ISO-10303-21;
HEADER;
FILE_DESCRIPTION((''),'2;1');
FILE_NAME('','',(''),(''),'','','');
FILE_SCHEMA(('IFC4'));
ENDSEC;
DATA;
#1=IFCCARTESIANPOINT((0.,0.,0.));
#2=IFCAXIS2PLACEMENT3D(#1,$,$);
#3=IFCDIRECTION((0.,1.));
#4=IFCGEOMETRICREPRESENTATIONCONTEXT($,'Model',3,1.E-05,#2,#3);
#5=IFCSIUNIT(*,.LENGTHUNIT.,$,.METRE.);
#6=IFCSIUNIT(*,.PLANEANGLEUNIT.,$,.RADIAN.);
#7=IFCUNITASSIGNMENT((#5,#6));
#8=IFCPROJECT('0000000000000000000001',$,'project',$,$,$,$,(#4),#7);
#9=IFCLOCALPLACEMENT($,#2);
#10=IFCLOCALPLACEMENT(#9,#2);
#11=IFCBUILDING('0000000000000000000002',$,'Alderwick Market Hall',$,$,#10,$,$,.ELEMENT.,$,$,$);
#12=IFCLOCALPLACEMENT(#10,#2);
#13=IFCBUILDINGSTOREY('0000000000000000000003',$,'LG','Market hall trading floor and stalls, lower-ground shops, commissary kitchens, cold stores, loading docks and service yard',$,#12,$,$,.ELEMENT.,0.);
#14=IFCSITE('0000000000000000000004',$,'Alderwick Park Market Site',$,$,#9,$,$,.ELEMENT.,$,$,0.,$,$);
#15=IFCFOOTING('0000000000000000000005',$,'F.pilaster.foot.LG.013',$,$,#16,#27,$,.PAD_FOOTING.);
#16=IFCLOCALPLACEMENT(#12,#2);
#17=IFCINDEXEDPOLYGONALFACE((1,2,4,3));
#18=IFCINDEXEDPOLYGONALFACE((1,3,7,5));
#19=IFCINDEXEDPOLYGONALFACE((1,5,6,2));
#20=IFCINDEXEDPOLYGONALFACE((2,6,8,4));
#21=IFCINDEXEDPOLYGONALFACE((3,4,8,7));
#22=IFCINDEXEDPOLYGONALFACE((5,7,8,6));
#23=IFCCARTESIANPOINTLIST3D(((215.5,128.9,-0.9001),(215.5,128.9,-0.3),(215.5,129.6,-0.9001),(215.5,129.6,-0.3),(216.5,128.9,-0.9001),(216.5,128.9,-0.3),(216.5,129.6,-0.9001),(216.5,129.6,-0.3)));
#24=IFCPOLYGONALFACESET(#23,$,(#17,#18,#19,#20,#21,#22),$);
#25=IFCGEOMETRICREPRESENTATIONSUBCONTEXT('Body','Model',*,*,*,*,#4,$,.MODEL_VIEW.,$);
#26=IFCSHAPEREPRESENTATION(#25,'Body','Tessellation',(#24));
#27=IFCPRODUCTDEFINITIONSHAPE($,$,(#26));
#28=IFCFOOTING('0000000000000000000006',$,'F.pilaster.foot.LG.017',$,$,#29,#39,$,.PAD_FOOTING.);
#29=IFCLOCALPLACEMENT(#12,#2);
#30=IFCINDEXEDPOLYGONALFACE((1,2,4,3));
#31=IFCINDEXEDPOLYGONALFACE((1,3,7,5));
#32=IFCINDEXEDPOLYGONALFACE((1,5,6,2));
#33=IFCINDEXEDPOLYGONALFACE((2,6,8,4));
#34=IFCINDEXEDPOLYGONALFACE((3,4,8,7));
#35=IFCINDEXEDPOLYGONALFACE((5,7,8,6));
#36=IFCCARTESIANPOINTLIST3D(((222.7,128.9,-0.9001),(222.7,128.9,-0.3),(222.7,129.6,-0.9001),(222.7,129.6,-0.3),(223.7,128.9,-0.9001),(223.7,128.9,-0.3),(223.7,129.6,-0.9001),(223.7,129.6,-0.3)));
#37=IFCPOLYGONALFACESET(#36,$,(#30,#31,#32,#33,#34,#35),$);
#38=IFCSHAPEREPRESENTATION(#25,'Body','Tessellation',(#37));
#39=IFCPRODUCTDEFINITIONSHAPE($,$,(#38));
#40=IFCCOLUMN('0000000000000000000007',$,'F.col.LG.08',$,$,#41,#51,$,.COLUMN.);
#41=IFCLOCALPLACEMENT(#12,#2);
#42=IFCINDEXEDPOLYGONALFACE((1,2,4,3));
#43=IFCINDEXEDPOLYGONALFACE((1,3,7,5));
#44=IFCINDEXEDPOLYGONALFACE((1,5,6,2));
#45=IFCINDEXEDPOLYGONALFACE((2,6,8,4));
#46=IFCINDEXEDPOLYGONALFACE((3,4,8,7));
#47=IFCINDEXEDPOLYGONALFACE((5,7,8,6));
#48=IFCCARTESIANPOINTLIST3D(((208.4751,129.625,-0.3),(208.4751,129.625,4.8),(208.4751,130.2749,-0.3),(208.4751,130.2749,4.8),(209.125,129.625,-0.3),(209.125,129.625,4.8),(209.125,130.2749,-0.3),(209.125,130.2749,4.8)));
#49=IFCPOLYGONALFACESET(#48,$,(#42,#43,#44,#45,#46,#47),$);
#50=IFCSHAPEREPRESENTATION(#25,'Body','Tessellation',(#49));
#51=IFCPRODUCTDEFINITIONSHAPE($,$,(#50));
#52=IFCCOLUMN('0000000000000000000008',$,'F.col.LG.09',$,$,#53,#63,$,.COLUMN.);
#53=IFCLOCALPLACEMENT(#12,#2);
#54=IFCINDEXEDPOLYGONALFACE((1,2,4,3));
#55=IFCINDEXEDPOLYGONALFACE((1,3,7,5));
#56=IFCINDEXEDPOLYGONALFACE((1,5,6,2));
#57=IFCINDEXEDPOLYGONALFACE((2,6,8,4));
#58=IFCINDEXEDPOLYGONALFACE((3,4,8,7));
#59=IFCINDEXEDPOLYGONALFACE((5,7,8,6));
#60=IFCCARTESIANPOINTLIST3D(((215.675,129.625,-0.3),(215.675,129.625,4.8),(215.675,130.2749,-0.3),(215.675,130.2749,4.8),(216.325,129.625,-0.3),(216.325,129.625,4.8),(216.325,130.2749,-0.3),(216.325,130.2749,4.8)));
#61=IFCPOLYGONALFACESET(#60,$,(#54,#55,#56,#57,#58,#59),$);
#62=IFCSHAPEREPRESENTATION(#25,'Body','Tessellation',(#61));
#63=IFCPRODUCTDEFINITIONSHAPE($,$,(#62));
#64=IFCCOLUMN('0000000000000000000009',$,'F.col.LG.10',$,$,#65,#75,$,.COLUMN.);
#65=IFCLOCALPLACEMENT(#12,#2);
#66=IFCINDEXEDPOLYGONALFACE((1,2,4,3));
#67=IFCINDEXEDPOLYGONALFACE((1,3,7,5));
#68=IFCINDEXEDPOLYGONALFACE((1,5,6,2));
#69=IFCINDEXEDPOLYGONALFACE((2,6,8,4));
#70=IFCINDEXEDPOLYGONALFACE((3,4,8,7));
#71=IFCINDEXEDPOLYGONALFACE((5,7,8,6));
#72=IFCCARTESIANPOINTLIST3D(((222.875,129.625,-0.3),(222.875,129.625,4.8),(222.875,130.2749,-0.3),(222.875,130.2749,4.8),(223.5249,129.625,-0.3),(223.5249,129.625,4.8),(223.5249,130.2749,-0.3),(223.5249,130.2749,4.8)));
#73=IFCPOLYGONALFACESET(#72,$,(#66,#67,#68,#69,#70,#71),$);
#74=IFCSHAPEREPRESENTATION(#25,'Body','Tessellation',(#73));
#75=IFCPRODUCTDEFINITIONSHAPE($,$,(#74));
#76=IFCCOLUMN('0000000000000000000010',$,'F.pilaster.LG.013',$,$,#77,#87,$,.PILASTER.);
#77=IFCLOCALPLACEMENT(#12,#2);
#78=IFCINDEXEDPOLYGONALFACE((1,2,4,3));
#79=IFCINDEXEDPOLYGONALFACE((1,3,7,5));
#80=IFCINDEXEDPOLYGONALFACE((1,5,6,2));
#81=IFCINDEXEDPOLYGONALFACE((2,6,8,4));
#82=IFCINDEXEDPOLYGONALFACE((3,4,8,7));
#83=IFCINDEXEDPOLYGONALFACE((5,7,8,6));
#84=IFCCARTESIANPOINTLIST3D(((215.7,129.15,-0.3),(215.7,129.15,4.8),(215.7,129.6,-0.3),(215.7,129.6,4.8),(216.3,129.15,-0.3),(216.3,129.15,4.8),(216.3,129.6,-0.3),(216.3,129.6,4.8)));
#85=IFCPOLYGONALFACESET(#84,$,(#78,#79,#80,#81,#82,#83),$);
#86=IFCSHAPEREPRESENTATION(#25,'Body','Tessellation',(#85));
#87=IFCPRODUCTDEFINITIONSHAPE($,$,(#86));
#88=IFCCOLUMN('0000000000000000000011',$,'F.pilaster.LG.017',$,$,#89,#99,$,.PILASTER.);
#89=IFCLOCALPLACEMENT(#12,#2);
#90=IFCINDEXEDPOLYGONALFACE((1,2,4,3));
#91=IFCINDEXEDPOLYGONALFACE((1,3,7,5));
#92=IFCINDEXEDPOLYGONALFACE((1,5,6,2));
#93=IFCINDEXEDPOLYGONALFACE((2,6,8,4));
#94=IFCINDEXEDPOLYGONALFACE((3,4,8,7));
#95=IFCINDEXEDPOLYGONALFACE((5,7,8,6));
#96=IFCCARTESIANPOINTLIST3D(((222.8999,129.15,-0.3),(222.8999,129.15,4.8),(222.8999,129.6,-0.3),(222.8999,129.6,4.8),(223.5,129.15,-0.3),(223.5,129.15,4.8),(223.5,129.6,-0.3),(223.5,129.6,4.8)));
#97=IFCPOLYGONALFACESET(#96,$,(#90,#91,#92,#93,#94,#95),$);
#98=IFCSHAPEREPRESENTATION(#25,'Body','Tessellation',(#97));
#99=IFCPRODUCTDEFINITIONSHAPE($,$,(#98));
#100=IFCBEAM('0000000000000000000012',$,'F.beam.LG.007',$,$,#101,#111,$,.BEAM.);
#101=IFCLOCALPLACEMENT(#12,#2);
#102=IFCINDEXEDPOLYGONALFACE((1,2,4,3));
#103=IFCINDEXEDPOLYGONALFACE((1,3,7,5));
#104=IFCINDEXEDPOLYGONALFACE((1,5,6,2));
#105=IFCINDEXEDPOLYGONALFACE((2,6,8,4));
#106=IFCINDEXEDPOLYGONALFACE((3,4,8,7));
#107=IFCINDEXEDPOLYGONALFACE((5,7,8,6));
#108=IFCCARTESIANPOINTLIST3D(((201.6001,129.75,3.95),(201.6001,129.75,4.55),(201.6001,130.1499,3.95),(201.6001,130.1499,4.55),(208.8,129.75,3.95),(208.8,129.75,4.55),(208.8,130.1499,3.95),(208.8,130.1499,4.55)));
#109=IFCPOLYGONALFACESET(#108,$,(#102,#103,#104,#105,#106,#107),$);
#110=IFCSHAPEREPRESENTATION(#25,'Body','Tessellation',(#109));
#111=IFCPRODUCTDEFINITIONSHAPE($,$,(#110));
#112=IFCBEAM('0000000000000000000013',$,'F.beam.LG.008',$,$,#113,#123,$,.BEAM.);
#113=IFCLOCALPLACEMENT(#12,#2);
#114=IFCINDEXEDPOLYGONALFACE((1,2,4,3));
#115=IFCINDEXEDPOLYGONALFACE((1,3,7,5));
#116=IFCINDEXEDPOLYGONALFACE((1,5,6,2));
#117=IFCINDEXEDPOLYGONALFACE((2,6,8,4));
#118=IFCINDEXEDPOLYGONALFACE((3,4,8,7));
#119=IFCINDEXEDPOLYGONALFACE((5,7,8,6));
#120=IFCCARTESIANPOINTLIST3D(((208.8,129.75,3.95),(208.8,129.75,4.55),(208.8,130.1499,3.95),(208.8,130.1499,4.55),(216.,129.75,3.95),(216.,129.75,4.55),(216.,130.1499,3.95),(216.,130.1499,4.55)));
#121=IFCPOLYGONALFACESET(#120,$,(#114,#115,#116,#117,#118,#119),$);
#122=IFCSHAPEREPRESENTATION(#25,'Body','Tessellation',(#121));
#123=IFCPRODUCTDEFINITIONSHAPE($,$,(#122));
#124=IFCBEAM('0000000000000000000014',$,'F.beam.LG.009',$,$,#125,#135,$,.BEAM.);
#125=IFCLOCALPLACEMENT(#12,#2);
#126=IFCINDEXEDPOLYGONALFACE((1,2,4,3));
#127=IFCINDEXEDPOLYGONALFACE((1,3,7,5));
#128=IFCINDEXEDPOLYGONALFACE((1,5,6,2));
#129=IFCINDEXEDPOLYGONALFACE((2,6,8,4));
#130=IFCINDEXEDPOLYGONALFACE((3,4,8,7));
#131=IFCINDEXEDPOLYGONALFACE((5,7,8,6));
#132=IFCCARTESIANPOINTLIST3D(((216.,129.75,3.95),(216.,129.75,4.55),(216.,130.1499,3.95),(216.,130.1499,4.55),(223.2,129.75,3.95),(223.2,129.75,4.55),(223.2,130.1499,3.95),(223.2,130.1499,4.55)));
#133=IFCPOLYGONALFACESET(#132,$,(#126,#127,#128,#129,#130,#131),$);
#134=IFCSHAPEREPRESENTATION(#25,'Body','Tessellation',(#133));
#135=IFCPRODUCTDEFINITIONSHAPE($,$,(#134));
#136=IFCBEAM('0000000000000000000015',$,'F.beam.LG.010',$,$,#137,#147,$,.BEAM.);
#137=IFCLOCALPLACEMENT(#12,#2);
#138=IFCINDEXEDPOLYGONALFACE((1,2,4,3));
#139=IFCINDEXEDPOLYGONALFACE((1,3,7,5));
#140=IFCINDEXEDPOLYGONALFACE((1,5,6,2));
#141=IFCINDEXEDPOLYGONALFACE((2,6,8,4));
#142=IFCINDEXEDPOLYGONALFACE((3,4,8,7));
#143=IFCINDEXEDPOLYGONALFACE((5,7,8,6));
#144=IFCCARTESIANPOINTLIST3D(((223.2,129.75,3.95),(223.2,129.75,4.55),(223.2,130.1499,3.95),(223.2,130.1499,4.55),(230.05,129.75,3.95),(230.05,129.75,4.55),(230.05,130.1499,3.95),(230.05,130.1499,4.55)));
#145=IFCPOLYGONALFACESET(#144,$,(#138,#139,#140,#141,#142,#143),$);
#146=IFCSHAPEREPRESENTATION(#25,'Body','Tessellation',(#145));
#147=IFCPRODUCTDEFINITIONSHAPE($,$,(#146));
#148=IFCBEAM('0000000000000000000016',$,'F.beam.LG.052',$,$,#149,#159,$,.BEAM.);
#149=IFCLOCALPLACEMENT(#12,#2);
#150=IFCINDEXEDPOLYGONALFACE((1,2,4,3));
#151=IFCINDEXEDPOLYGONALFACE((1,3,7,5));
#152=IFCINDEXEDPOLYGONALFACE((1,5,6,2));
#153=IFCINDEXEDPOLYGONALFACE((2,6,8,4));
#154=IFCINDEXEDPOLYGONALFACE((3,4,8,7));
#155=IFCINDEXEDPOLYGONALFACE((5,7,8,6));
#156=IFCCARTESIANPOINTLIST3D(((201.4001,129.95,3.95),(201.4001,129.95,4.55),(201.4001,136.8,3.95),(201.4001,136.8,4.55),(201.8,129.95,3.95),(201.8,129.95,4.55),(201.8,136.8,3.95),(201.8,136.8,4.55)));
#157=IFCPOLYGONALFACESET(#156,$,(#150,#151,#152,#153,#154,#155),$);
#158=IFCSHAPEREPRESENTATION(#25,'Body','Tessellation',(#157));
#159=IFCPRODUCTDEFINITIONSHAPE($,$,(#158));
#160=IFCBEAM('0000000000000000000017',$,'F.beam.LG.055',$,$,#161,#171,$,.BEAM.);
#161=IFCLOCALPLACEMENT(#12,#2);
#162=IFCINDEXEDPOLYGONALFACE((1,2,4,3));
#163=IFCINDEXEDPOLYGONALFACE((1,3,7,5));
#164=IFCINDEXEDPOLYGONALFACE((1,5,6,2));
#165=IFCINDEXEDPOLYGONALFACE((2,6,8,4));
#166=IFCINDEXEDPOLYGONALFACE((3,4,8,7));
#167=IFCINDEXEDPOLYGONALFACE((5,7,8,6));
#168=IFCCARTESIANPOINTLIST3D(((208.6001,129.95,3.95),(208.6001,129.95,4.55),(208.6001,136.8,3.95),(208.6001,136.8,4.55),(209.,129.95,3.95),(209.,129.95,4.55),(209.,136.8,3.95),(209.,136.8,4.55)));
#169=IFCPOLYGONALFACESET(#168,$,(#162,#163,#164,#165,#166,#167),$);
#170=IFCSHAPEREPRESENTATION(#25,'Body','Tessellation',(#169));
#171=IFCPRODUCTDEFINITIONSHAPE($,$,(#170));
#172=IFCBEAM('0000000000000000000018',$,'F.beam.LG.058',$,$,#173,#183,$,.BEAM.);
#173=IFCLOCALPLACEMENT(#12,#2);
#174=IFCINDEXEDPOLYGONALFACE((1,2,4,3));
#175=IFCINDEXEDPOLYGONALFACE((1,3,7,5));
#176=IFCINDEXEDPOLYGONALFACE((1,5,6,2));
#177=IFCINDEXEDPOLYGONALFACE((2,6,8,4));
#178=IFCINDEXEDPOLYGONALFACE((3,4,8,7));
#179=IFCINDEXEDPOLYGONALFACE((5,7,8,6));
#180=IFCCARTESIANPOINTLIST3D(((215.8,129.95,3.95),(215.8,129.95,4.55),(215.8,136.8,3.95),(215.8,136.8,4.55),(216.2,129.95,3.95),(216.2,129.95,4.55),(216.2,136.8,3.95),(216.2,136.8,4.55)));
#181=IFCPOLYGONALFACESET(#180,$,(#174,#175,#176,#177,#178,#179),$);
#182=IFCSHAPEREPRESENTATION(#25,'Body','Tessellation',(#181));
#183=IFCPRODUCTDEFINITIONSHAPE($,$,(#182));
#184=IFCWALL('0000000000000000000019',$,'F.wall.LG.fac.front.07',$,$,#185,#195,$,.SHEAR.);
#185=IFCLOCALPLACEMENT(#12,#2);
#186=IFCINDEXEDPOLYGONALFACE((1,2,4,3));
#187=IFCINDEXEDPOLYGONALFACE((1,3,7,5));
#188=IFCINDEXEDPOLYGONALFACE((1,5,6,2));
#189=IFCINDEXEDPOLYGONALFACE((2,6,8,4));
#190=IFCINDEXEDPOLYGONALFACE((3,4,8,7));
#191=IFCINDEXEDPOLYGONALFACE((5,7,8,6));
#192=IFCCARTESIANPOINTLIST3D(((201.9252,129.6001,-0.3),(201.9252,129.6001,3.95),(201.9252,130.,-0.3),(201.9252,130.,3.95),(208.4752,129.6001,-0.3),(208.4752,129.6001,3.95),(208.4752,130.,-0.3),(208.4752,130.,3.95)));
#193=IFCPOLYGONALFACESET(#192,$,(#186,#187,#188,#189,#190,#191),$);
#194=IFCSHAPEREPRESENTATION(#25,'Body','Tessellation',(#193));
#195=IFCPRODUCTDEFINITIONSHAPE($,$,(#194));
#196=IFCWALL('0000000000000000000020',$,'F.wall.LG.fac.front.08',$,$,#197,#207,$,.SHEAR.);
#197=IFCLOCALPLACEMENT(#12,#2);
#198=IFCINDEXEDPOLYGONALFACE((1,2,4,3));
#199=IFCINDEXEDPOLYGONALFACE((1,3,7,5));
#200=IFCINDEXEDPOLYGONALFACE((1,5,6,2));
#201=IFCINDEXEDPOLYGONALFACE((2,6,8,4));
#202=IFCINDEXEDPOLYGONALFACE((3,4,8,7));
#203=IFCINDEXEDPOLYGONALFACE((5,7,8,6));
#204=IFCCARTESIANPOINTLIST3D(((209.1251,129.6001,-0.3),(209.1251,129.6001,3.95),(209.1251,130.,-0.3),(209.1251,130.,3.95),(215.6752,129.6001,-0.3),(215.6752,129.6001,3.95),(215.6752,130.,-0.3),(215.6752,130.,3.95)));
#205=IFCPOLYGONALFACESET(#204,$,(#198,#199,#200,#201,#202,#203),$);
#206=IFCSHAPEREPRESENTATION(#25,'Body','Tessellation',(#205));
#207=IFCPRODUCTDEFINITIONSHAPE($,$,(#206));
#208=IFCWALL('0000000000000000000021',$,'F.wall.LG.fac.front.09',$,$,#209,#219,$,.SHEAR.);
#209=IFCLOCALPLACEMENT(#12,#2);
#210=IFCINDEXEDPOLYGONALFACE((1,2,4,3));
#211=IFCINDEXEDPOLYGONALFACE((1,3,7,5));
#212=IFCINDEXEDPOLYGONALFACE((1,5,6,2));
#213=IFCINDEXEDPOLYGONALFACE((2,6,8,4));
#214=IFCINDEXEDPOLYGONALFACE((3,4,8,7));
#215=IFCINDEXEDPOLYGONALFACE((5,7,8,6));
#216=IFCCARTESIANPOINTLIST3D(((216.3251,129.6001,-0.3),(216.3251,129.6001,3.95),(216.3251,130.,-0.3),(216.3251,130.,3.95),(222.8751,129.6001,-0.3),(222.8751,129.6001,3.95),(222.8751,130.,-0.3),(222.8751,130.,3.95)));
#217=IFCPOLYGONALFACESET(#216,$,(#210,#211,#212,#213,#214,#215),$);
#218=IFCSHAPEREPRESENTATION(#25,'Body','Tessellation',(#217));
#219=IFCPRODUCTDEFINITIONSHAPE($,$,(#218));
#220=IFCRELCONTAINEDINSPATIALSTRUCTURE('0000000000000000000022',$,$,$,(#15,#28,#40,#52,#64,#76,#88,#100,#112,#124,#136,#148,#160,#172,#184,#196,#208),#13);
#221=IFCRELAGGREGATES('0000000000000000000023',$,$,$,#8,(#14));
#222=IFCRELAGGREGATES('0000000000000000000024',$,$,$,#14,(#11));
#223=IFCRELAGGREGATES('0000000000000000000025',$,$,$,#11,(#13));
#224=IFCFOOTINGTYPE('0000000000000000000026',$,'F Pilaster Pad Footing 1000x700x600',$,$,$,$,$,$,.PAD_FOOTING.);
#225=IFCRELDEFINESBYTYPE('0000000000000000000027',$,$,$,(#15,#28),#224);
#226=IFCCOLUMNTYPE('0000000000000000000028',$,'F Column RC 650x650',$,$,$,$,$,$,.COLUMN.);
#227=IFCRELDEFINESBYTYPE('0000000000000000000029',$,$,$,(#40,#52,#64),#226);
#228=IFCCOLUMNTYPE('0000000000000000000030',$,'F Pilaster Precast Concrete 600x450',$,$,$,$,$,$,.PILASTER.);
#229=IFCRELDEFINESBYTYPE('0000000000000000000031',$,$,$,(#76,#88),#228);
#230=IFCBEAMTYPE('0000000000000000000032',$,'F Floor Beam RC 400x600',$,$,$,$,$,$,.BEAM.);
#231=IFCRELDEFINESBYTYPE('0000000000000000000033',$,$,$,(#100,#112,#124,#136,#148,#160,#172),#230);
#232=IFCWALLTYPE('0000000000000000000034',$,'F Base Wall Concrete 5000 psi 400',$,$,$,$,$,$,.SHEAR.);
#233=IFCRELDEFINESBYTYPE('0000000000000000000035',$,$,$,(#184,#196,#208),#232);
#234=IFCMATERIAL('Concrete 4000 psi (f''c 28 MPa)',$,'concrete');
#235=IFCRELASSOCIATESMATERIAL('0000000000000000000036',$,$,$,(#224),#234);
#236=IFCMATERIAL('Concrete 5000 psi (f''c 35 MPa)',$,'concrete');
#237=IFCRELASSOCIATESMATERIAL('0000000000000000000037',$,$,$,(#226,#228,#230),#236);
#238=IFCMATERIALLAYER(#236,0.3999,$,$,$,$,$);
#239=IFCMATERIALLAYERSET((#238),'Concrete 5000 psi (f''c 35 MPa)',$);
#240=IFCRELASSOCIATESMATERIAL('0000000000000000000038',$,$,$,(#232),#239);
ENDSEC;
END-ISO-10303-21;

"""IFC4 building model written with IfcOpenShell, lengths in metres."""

from ifc_helpers import new_model, si_unit, direction, frame, frame_2d, origin, origin_2d, place, context, subcontext, project, spatial, rectangle, extrude, material, layer, layer_set, material_profile, profile_set, type_object, element, save


model = new_model("IFC4")

# Units and contexts
model_context = context("Model", 3, precision=1e-05, world=origin(), true_north=direction((0.0, 1.0)))
body_context = subcontext(model_context, "Body", "Model", "MODEL_VIEW")
ifc_project = project(units=[si_unit("LENGTHUNIT", "METRE"), si_unit("PLANEANGLEUNIT", "RADIAN")], contexts=[model_context])

# Site, building, storey
site_placement = place(None, origin())
site = spatial("IfcSite", under=ifc_project, at=site_placement, Name="Alderwick Park Market Site", CompositionType="ELEMENT", RefElevation=0.0)
building_placement = place(site_placement, origin())
building = spatial("IfcBuilding", under=site, at=building_placement, Name="Alderwick Market Hall", CompositionType="ELEMENT")
storey_placement = place(building_placement, origin())
storey = spatial("IfcBuildingStorey", under=building, at=storey_placement, Name="LG", Description="Market hall trading floor and stalls, lower-ground shops, commissary kitchens, cold stores, loading docks and service yard", CompositionType="ELEMENT", Elevation=0.0)

# Footings
ifc_material_1 = material(Name="Concrete 4000 psi (f'c 28 MPa)", Category="concrete")
footing_type = type_object("IfcFootingType", Name="F Pilaster Pad Footing 1000x700x600", PredefinedType="PAD_FOOTING", material=ifc_material_1)
for number, where, z_axis, x_axis, name in (
    (1, (216.0, 129.25, -0.9001), (0.0, 0.0, 1.0), (1.0, 0.0, 0.0), "F.pilaster.foot.LG.013"),
    (2, (223.2, 129.25, -0.9001), (0.0, 0.0, 1.0), (1.0, 0.0, 0.0), "F.pilaster.foot.LG.017"),
):
    element("IfcFooting", number, at=place(storey_placement, frame(where, z_axis=z_axis, x_axis=x_axis)), inside=storey, type_object=footing_type, Name=name, PredefinedType="PAD_FOOTING", context=body_context, shape_type="SweptSolid", body=[
        extrude(rectangle(XDim=1.0, YDim=0.7, at=origin_2d()), origin(), (0.0, 0.0, 1.0), 0.6001),
    ])

# Columns
ifc_material_2 = material(Name="Concrete 5000 psi (f'c 35 MPa)", Category="concrete")
ifc_material_profile_1 = material_profile(ifc_material_2, rectangle(XDim=0.6499, YDim=0.6499, at=origin_2d()), Name="RC 650x650")
ifc_profile_set_1 = profile_set([ifc_material_profile_1], Name="Concrete 5000 psi (f'c 35 MPa)")
column_type_1 = type_object("IfcColumnType", Name="F Column RC 650x650", PredefinedType="COLUMN", material=ifc_profile_set_1)
for number, where, z_axis, x_axis, name in (
    (3, (208.8, 129.95, -0.3), (0.0, 0.0, 1.0), (1.0, 0.0, 0.0), "F.col.LG.08"),
    (4, (216.0, 129.95, -0.3), (0.0, 0.0, 1.0), (1.0, 0.0, 0.0), "F.col.LG.09"),
    (5, (223.2, 129.95, -0.3), (0.0, 0.0, 1.0), (1.0, 0.0, 0.0), "F.col.LG.10"),
):
    element("IfcColumn", number, at=place(storey_placement, frame(where, z_axis=z_axis, x_axis=x_axis)), inside=storey, type_object=column_type_1, Name=name, PredefinedType="COLUMN", context=body_context, shape_type="SweptSolid", body=[
        extrude(rectangle(XDim=0.6499, YDim=0.6499, at=origin_2d()), origin(), (0.0, 0.0, 1.0), 5.1001),
    ])
ifc_material_profile_2 = material_profile(ifc_material_2, rectangle(XDim=0.6001, YDim=0.45, at=origin_2d()), Name="PC 600x450")
ifc_profile_set_2 = profile_set([ifc_material_profile_2], Name="Concrete 5000 psi (f'c 35 MPa)")
column_type_2 = type_object("IfcColumnType", Name="F Pilaster Precast Concrete 600x450", PredefinedType="PILASTER", material=ifc_profile_set_2)
for number, where, z_axis, x_axis, name in (
    (6, (216.0, 129.375, -0.3), (0.0, 0.0, 1.0), (1.0, 0.0, 0.0), "F.pilaster.LG.013"),
    (7, (223.2, 129.375, -0.3), (0.0, 0.0, 1.0), (1.0, 0.0, 0.0), "F.pilaster.LG.017"),
):
    element("IfcColumn", number, at=place(storey_placement, frame(where, z_axis=z_axis, x_axis=x_axis)), inside=storey, type_object=column_type_2, Name=name, PredefinedType="PILASTER", context=body_context, shape_type="SweptSolid", body=[
        extrude(rectangle(XDim=0.6001, YDim=0.45, at=origin_2d()), origin(), (0.0, 0.0, 1.0), 5.1001),
    ])

# Beams
ifc_material_profile_3 = material_profile(ifc_material_2, rectangle(XDim=0.3999, YDim=0.6001, at=origin_2d()), Name="RC 400x600")
ifc_profile_set_3 = profile_set([ifc_material_profile_3], Name="Concrete 5000 psi (f'c 35 MPa)")
beam_type = type_object("IfcBeamType", Name="F Floor Beam RC 400x600", PredefinedType="BEAM", material=ifc_profile_set_3)
for number, where, z_axis, x_axis, name in (
    (8, (201.6001, 129.95, 4.25), (1.0, 0.0, 0.0), (0.0, 1.0, 0.0), "F.beam.LG.007"),
    (9, (208.8, 129.95, 4.25), (1.0, 0.0, 0.0), (0.0, 1.0, 0.0), "F.beam.LG.008"),
    (10, (216.0, 129.95, 4.25), (1.0, 0.0, 0.0), (0.0, 1.0, 0.0), "F.beam.LG.009"),
):
    element("IfcBeam", number, at=place(storey_placement, frame(where, z_axis=z_axis, x_axis=x_axis)), inside=storey, type_object=beam_type, Name=name, PredefinedType="BEAM", context=body_context, shape_type="SweptSolid", body=[
        extrude(rectangle(XDim=0.3999, YDim=0.6001, at=origin_2d()), origin(), (0.0, 0.0, 1.0), 7.2),
    ])
for number, where, z_axis, x_axis, name in (
    (11, (223.2, 129.95, 4.25), (1.0, 0.0, 0.0), (0.0, 1.0, 0.0), "F.beam.LG.010"),
    (12, (201.6001, 129.95, 4.25), (0.0, 1.0, 0.0), (-1.0, 0.0, 0.0), "F.beam.LG.052"),
    (13, (208.8, 129.95, 4.25), (0.0, 1.0, 0.0), (-1.0, 0.0, 0.0), "F.beam.LG.055"),
    (14, (216.0, 129.95, 4.25), (0.0, 1.0, 0.0), (-1.0, 0.0, 0.0), "F.beam.LG.058"),
):
    element("IfcBeam", number, at=place(storey_placement, frame(where, z_axis=z_axis, x_axis=x_axis)), inside=storey, type_object=beam_type, Name=name, PredefinedType="BEAM", context=body_context, shape_type="SweptSolid", body=[
        extrude(rectangle(XDim=0.3999, YDim=0.6001, at=origin_2d()), origin(), (0.0, 0.0, 1.0), 6.8501),
    ])

# Walls
ifc_layer_1 = layer(ifc_material_2, 0.3999)
ifc_layer_set_1 = layer_set([ifc_layer_1], Name="Concrete 5000 psi (f'c 35 MPa)")
wall_type_1 = type_object("IfcWallType", Name="F Base Wall Concrete 5000 psi 400", PredefinedType="SHEAR", material=ifc_layer_set_1)
for number, where, z_axis, x_axis, name in (
    (15, (208.4751, 129.8, -0.3), (0.0, 0.0, 1.0), (-1.0, 0.0, 0.0), "F.wall.LG.fac.front.07"),
    (16, (215.675, 129.8, -0.3), (0.0, 0.0, 1.0), (-1.0, 0.0, 0.0), "F.wall.LG.fac.front.08"),
    (17, (222.875, 129.8, -0.3), (0.0, 0.0, 1.0), (-1.0, 0.0, 0.0), "F.wall.LG.fac.front.09"),
):
    element("IfcWall", number, at=place(storey_placement, frame(where, z_axis=z_axis, x_axis=x_axis)), inside=storey, type_object=wall_type_1, Name=name, PredefinedType="SHEAR", context=body_context, shape_type="SweptSolid", body=[
        extrude(rectangle(XDim=6.55, YDim=0.3999, at=frame_2d((3.2749, 0.0))), origin(), (0.0, 0.0, 1.0), 4.25),
    ])

save(model, "model.ifc")
